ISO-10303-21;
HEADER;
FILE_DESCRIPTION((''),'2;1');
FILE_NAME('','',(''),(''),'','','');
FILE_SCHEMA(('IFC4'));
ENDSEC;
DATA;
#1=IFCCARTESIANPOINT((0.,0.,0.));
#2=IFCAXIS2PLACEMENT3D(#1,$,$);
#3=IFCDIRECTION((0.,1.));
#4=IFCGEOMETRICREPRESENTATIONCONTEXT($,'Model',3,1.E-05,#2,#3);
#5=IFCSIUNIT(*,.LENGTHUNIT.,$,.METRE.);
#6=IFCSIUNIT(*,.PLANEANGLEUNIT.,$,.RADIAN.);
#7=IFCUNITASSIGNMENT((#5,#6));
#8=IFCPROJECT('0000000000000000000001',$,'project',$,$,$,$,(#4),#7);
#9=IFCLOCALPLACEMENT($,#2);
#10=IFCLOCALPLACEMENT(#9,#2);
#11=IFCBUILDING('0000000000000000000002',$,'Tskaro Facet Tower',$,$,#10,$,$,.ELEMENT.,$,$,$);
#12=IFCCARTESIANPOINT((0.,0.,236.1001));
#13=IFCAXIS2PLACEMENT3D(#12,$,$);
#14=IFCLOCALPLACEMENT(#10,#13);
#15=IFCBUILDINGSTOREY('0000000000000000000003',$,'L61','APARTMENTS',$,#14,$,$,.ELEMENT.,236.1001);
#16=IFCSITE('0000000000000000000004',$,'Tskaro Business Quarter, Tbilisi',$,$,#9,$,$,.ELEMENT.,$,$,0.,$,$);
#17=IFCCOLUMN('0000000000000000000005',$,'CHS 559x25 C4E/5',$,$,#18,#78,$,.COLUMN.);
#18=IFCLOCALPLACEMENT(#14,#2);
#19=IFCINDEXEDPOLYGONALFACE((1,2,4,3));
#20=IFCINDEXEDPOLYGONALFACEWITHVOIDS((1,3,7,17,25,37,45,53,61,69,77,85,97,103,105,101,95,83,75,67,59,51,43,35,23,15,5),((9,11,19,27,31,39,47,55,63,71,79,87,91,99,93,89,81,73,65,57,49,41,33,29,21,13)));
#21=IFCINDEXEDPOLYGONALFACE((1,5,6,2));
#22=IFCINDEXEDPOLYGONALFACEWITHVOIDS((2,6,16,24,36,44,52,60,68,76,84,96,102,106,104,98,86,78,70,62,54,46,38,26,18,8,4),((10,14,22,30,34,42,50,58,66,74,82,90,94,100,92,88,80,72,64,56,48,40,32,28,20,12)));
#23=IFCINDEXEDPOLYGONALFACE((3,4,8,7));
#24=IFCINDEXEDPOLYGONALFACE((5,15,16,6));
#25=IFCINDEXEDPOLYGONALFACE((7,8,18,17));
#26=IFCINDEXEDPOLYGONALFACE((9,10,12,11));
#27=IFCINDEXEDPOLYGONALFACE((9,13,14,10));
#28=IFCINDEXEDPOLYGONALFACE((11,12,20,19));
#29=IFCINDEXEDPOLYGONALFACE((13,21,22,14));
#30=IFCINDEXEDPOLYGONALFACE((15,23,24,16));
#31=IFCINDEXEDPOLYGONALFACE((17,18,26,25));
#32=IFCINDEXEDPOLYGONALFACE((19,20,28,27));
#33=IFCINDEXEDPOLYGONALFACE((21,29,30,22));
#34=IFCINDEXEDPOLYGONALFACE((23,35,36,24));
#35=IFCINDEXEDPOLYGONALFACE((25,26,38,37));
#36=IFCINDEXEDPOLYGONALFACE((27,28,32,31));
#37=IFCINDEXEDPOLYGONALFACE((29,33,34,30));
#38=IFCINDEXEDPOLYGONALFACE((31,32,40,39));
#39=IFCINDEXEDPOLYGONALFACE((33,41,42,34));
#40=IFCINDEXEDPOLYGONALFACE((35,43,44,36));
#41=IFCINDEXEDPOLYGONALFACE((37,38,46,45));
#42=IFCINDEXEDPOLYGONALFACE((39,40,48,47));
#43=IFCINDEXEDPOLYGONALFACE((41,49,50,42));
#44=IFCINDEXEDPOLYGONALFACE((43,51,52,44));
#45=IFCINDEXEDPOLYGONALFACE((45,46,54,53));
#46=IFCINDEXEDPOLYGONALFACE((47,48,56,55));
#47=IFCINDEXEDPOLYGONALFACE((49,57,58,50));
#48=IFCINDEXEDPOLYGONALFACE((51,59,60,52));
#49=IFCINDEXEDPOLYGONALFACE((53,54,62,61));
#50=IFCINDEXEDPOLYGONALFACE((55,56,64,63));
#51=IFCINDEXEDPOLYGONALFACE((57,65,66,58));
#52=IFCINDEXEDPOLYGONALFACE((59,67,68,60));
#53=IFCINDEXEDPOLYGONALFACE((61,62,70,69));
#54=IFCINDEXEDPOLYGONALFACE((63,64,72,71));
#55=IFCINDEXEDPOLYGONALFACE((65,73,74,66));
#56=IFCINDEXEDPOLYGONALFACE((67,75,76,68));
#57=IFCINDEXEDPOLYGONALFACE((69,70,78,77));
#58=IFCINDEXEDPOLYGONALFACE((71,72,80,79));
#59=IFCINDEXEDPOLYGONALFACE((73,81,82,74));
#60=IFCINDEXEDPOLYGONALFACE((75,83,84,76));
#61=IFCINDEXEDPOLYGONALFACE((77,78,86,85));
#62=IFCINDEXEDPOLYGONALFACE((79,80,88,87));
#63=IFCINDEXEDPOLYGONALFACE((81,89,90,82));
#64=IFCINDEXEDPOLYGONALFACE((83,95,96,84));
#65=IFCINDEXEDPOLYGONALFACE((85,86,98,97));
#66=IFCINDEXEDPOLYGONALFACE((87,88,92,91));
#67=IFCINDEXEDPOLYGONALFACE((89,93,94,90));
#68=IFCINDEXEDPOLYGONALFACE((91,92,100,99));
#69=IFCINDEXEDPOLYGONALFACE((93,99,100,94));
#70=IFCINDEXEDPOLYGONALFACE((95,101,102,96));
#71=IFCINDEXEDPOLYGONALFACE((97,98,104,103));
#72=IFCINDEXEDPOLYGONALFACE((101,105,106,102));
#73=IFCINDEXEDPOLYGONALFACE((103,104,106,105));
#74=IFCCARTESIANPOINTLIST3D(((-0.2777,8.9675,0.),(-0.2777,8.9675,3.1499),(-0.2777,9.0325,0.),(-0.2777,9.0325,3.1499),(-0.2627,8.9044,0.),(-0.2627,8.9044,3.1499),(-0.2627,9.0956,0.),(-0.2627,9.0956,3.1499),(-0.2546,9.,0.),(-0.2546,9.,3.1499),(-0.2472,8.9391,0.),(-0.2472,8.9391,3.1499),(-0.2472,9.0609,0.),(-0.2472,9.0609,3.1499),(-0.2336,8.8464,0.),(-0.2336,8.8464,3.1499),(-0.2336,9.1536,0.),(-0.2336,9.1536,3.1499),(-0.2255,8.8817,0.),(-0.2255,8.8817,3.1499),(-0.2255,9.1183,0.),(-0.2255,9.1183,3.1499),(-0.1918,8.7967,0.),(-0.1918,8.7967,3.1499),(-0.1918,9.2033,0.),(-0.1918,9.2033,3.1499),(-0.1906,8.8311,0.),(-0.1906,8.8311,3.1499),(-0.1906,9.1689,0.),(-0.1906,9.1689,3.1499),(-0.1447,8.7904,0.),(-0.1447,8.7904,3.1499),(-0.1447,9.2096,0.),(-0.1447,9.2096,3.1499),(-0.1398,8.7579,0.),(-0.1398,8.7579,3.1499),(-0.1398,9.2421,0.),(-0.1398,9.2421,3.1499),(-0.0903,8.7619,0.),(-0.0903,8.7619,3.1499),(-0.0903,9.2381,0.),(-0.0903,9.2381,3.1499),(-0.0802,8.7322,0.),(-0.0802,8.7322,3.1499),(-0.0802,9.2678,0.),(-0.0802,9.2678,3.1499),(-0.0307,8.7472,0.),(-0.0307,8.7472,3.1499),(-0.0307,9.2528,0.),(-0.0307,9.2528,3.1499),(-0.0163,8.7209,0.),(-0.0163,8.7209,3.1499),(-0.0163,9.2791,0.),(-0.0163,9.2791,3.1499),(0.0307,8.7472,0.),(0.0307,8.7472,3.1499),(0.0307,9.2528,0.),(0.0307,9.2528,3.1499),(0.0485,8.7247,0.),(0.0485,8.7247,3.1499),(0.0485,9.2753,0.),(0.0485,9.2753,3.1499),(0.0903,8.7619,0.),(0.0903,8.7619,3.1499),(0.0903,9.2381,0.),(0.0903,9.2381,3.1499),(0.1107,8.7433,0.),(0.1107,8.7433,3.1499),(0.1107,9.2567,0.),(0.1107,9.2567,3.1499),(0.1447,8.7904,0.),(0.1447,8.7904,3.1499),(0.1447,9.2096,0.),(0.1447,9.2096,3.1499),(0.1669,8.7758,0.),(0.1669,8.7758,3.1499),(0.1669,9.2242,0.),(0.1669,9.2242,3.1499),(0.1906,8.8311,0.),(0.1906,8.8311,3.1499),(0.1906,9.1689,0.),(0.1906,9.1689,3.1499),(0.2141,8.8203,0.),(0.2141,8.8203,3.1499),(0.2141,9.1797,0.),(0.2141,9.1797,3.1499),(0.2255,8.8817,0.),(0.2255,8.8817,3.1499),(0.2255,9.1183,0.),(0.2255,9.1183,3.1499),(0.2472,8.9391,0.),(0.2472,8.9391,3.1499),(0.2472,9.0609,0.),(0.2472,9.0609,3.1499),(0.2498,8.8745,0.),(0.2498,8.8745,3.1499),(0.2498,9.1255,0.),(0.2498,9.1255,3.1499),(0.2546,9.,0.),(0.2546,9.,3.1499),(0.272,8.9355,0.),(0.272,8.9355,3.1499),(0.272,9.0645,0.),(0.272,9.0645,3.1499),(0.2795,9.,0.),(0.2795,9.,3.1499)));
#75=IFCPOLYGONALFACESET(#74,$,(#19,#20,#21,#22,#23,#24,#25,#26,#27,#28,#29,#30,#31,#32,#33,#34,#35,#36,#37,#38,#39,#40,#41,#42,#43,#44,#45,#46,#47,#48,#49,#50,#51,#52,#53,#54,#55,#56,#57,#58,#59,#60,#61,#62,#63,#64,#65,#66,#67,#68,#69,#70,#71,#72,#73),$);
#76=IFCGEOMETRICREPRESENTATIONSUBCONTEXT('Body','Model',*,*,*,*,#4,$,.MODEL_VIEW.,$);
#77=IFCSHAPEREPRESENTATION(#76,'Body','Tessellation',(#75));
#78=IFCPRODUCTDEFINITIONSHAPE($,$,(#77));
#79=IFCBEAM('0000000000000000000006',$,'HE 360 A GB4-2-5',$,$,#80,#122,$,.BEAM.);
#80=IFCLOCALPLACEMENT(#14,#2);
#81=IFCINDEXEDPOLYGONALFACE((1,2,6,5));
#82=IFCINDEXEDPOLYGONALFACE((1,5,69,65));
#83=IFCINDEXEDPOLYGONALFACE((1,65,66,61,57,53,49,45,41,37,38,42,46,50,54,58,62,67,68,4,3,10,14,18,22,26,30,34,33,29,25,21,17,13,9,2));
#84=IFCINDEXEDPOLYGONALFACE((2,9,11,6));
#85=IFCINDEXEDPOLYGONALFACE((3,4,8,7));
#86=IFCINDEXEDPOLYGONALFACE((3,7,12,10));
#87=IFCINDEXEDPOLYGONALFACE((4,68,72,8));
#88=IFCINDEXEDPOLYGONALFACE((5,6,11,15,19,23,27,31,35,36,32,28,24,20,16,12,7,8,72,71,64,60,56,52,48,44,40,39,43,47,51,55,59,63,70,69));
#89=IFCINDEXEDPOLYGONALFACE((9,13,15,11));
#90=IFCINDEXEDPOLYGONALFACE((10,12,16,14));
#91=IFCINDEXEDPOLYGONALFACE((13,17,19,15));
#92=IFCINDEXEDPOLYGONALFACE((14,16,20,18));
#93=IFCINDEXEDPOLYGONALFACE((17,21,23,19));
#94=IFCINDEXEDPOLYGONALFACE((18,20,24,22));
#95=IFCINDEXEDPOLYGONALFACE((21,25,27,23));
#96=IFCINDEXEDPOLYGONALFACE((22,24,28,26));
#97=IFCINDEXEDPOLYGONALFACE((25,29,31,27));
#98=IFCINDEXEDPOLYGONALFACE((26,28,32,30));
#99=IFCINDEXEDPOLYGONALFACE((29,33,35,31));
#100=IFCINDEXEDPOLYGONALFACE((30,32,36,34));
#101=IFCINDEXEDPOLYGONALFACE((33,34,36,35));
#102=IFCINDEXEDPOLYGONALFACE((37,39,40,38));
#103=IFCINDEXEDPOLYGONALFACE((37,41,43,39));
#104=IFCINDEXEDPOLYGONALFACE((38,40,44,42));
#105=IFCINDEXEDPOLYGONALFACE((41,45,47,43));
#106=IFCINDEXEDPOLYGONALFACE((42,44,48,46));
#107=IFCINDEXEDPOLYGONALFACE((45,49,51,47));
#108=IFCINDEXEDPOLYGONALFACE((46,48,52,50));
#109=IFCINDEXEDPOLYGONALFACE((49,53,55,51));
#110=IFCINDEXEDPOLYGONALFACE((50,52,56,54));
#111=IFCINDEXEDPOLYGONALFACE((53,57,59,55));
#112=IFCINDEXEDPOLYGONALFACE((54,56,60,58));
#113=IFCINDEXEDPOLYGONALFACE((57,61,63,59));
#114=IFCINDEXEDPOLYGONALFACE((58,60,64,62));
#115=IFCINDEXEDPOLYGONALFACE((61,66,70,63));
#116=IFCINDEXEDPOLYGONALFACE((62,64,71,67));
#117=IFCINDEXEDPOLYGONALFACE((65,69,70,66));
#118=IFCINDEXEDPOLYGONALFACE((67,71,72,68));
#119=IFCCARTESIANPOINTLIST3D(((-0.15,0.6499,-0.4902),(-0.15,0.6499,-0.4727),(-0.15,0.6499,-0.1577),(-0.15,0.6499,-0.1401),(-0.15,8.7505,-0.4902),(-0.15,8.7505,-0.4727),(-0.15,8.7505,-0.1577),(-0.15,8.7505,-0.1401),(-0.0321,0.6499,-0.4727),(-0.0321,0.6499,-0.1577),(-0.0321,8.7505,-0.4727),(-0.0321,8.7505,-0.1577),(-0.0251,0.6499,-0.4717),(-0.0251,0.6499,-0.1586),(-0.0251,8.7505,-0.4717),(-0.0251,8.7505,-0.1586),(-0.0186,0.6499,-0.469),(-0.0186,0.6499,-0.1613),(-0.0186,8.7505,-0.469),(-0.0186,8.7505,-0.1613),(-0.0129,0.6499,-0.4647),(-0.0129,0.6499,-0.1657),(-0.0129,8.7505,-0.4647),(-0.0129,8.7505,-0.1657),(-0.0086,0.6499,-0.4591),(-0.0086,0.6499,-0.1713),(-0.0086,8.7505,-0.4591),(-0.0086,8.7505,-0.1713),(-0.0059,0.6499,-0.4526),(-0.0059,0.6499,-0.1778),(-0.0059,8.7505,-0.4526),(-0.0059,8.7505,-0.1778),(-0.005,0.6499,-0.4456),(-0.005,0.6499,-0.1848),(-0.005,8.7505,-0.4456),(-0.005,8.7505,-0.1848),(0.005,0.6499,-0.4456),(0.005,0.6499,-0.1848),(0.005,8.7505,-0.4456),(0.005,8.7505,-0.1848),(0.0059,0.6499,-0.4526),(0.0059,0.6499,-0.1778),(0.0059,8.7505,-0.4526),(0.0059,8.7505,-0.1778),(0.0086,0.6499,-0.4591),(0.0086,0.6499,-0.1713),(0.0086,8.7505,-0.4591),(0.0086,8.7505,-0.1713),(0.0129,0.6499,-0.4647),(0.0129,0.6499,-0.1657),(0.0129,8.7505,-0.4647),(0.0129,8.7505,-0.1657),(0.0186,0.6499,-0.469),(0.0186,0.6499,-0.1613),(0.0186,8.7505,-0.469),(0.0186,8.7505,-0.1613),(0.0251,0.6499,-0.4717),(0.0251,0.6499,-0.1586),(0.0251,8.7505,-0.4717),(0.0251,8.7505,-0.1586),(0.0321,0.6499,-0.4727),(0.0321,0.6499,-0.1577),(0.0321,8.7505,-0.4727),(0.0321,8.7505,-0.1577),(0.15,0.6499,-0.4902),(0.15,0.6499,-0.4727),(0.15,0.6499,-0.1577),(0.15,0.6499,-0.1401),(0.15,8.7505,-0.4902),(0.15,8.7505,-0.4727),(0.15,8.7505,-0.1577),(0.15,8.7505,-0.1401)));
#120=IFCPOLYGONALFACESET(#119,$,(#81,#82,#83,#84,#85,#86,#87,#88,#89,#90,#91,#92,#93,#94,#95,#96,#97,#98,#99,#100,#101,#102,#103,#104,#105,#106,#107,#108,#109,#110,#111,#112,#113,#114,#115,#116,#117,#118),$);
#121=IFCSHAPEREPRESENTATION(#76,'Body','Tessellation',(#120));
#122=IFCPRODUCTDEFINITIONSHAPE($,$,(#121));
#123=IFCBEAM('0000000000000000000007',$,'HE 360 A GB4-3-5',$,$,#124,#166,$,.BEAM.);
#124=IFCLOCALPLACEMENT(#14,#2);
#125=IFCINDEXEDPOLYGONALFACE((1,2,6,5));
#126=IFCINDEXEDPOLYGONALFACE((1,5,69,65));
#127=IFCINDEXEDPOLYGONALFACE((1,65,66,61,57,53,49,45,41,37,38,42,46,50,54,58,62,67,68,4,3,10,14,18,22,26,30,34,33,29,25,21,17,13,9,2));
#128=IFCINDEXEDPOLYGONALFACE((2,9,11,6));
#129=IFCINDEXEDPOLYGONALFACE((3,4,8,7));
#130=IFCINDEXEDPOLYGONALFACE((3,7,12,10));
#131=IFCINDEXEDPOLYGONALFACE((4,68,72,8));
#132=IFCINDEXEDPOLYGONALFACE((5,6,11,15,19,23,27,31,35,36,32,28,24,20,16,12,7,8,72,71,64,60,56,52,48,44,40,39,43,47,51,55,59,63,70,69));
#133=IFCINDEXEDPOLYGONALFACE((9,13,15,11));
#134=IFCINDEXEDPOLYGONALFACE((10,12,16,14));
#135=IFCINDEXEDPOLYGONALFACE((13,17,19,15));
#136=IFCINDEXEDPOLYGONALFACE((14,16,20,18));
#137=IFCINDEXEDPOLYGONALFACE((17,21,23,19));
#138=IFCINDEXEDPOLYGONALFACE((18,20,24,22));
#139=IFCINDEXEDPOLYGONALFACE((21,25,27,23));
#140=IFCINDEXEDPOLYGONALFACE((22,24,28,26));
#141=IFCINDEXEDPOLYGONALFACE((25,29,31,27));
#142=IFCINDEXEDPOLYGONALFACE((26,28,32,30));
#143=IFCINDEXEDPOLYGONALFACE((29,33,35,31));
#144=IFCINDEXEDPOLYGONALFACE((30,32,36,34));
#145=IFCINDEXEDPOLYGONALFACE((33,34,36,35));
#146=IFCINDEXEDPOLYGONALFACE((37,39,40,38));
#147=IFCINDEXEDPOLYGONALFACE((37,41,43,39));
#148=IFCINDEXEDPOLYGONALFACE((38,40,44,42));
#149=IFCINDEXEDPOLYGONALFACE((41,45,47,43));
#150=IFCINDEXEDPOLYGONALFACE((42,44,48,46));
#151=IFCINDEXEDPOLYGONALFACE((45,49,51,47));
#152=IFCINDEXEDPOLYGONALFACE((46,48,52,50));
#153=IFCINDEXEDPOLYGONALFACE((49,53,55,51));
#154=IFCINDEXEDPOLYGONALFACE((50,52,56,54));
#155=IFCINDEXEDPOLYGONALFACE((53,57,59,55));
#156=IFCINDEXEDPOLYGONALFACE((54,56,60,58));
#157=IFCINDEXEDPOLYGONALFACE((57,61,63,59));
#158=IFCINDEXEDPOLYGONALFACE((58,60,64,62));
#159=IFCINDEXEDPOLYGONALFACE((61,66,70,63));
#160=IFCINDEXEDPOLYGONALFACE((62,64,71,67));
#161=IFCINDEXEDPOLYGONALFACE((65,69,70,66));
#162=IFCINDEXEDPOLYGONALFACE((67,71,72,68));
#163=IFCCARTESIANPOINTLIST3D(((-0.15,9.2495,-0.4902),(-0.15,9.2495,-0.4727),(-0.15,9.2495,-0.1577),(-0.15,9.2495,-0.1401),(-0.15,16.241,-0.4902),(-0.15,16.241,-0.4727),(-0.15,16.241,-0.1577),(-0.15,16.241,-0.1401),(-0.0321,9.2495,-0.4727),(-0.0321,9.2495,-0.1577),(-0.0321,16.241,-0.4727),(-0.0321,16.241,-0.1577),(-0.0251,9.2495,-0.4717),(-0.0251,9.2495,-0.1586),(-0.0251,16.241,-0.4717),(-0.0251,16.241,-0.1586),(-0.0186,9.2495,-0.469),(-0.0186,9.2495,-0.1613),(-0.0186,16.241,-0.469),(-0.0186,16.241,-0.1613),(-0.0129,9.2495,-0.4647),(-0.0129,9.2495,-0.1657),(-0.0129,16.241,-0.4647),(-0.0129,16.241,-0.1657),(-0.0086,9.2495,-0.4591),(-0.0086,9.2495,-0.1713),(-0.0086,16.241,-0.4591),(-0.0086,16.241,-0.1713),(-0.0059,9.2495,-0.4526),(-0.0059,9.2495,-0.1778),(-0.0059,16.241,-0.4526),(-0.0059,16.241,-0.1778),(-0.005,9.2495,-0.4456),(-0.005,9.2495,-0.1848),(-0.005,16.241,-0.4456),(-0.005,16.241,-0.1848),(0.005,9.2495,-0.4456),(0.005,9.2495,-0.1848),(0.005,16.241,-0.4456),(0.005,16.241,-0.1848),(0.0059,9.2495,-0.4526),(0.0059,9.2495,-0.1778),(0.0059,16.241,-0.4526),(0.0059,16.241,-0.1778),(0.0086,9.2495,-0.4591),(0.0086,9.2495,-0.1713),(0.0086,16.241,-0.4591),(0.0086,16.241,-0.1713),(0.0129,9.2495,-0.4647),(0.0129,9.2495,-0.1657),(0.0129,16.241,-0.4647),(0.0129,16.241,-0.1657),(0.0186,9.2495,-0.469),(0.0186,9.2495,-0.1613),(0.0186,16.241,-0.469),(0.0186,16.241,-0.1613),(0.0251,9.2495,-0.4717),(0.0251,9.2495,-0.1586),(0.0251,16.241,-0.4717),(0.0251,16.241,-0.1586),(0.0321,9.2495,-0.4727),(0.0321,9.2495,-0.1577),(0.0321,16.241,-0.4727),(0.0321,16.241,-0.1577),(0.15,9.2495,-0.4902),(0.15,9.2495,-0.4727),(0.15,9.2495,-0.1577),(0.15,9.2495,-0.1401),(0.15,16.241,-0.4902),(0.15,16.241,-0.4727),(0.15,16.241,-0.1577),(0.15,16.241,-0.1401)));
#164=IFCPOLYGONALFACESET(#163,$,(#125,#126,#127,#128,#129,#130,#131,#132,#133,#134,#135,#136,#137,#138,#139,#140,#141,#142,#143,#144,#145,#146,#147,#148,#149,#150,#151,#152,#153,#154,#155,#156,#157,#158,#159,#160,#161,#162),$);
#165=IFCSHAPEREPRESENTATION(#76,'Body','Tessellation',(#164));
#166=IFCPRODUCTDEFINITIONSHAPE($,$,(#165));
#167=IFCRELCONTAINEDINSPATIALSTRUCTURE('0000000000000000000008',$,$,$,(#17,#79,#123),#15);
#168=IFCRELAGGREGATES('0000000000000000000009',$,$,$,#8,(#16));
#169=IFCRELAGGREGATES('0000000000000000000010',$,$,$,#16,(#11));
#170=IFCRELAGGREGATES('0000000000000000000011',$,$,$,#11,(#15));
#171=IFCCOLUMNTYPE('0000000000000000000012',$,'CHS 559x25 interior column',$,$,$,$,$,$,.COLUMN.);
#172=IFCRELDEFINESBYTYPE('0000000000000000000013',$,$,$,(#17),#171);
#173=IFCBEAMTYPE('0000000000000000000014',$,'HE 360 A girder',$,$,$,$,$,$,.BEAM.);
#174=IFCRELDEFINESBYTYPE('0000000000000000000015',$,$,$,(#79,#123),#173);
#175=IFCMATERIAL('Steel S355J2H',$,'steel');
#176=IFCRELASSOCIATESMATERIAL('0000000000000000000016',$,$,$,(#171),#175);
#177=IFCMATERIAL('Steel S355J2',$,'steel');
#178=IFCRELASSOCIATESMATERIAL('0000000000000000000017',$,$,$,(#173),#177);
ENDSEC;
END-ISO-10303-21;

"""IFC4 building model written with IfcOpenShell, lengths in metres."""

from ifc_helpers import new_model, si_unit, direction, frame, origin, origin_2d, place, context, subcontext, project, spatial, hollow_circle, i_section, extrude, material, material_profile, profile_set, type_object, element, save


model = new_model("IFC4")

# Units and contexts
model_context = context("Model", 3, precision=1e-05, world=origin(), true_north=direction((0.0, 1.0)))
body_context = subcontext(model_context, "Body", "Model", "MODEL_VIEW")
ifc_project = project(units=[si_unit("LENGTHUNIT", "METRE"), si_unit("PLANEANGLEUNIT", "RADIAN")], contexts=[model_context])

# Site, building, storey
site_placement = place(None, origin())
site = spatial("IfcSite", under=ifc_project, at=site_placement, Name="Tskaro Business Quarter, Tbilisi", CompositionType="ELEMENT", RefElevation=0.0)
building_placement = place(site_placement, origin())
building = spatial("IfcBuilding", under=site, at=building_placement, Name="Tskaro Facet Tower", CompositionType="ELEMENT")
storey_placement = place(building_placement, frame((0.0, 0.0, 236.1001)))
storey = spatial("IfcBuildingStorey", under=building, at=storey_placement, Name="L61", Description="APARTMENTS", CompositionType="ELEMENT", Elevation=236.1001)

# Column
ifc_material_1 = material(Name="Steel S355J2H", Category="steel")
ifc_material_profile_1 = material_profile(ifc_material_1, hollow_circle(Radius=0.2795, WallThickness=0.0249, at=origin_2d()), Name="CHS 559x25")
ifc_profile_set_1 = profile_set([ifc_material_profile_1], Name="Steel S355J2H")
column_type = type_object("IfcColumnType", Name="CHS 559x25 interior column", PredefinedType="COLUMN", material=ifc_profile_set_1)
column_placement = place(storey_placement, frame((0.0, 9.0, 0.0), z_axis=(0.0, 0.0, 1.0), x_axis=(1.0, 0.0, 0.0)))
element("IfcColumn", 1, at=column_placement, inside=storey, type_object=column_type, Name="CHS 559x25 C4E/5", PredefinedType="COLUMN", context=body_context, shape_type="SweptSolid", body=[
    extrude(hollow_circle(Radius=0.2795, WallThickness=0.0249, at=origin_2d()), origin(), (0.0, 0.0, 1.0), 3.1499),
])

# Beams
ifc_material_2 = material(Name="Steel S355J2", Category="steel")
ifc_material_profile_2 = material_profile(ifc_material_2, i_section(OverallWidth=0.3, OverallDepth=0.3501, WebThickness=0.01, FlangeThickness=0.0176, FilletRadius=0.0271, at=origin_2d()), Name="HE 360 A")
ifc_profile_set_2 = profile_set([ifc_material_profile_2], Name="Steel S355J2")
beam_type_1 = type_object("IfcBeamType", Name="HE 360 A girder", PredefinedType="BEAM", material=ifc_profile_set_2)
beam_1_placement = place(storey_placement, frame((0.0, 0.6499, -0.3152), z_axis=(0.0, 1.0, 0.0), x_axis=(-1.0, 0.0, 0.0)))
element("IfcBeam", 2, at=beam_1_placement, inside=storey, type_object=beam_type_1, Name="HE 360 A GB4-2-5", PredefinedType="BEAM", context=body_context, shape_type="SweptSolid", body=[
    extrude(i_section(OverallWidth=0.3, OverallDepth=0.3501, WebThickness=0.01, FlangeThickness=0.0176, FilletRadius=0.0271, at=origin_2d()), origin(), (0.0, 0.0, 1.0), 8.1006),
])
beam_2_placement = place(storey_placement, frame((0.0, 9.2495, -0.3152), z_axis=(0.0, 1.0, 0.0), x_axis=(-1.0, 0.0, 0.0)))
element("IfcBeam", 3, at=beam_2_placement, inside=storey, type_object=beam_type_1, Name="HE 360 A GB4-3-5", PredefinedType="BEAM", context=body_context, shape_type="SweptSolid", body=[
    extrude(i_section(OverallWidth=0.3, OverallDepth=0.3501, WebThickness=0.01, FlangeThickness=0.0176, FilletRadius=0.0271, at=origin_2d()), origin(), (0.0, 0.0, 1.0), 6.9915),
])

save(model, "model.ifc")
